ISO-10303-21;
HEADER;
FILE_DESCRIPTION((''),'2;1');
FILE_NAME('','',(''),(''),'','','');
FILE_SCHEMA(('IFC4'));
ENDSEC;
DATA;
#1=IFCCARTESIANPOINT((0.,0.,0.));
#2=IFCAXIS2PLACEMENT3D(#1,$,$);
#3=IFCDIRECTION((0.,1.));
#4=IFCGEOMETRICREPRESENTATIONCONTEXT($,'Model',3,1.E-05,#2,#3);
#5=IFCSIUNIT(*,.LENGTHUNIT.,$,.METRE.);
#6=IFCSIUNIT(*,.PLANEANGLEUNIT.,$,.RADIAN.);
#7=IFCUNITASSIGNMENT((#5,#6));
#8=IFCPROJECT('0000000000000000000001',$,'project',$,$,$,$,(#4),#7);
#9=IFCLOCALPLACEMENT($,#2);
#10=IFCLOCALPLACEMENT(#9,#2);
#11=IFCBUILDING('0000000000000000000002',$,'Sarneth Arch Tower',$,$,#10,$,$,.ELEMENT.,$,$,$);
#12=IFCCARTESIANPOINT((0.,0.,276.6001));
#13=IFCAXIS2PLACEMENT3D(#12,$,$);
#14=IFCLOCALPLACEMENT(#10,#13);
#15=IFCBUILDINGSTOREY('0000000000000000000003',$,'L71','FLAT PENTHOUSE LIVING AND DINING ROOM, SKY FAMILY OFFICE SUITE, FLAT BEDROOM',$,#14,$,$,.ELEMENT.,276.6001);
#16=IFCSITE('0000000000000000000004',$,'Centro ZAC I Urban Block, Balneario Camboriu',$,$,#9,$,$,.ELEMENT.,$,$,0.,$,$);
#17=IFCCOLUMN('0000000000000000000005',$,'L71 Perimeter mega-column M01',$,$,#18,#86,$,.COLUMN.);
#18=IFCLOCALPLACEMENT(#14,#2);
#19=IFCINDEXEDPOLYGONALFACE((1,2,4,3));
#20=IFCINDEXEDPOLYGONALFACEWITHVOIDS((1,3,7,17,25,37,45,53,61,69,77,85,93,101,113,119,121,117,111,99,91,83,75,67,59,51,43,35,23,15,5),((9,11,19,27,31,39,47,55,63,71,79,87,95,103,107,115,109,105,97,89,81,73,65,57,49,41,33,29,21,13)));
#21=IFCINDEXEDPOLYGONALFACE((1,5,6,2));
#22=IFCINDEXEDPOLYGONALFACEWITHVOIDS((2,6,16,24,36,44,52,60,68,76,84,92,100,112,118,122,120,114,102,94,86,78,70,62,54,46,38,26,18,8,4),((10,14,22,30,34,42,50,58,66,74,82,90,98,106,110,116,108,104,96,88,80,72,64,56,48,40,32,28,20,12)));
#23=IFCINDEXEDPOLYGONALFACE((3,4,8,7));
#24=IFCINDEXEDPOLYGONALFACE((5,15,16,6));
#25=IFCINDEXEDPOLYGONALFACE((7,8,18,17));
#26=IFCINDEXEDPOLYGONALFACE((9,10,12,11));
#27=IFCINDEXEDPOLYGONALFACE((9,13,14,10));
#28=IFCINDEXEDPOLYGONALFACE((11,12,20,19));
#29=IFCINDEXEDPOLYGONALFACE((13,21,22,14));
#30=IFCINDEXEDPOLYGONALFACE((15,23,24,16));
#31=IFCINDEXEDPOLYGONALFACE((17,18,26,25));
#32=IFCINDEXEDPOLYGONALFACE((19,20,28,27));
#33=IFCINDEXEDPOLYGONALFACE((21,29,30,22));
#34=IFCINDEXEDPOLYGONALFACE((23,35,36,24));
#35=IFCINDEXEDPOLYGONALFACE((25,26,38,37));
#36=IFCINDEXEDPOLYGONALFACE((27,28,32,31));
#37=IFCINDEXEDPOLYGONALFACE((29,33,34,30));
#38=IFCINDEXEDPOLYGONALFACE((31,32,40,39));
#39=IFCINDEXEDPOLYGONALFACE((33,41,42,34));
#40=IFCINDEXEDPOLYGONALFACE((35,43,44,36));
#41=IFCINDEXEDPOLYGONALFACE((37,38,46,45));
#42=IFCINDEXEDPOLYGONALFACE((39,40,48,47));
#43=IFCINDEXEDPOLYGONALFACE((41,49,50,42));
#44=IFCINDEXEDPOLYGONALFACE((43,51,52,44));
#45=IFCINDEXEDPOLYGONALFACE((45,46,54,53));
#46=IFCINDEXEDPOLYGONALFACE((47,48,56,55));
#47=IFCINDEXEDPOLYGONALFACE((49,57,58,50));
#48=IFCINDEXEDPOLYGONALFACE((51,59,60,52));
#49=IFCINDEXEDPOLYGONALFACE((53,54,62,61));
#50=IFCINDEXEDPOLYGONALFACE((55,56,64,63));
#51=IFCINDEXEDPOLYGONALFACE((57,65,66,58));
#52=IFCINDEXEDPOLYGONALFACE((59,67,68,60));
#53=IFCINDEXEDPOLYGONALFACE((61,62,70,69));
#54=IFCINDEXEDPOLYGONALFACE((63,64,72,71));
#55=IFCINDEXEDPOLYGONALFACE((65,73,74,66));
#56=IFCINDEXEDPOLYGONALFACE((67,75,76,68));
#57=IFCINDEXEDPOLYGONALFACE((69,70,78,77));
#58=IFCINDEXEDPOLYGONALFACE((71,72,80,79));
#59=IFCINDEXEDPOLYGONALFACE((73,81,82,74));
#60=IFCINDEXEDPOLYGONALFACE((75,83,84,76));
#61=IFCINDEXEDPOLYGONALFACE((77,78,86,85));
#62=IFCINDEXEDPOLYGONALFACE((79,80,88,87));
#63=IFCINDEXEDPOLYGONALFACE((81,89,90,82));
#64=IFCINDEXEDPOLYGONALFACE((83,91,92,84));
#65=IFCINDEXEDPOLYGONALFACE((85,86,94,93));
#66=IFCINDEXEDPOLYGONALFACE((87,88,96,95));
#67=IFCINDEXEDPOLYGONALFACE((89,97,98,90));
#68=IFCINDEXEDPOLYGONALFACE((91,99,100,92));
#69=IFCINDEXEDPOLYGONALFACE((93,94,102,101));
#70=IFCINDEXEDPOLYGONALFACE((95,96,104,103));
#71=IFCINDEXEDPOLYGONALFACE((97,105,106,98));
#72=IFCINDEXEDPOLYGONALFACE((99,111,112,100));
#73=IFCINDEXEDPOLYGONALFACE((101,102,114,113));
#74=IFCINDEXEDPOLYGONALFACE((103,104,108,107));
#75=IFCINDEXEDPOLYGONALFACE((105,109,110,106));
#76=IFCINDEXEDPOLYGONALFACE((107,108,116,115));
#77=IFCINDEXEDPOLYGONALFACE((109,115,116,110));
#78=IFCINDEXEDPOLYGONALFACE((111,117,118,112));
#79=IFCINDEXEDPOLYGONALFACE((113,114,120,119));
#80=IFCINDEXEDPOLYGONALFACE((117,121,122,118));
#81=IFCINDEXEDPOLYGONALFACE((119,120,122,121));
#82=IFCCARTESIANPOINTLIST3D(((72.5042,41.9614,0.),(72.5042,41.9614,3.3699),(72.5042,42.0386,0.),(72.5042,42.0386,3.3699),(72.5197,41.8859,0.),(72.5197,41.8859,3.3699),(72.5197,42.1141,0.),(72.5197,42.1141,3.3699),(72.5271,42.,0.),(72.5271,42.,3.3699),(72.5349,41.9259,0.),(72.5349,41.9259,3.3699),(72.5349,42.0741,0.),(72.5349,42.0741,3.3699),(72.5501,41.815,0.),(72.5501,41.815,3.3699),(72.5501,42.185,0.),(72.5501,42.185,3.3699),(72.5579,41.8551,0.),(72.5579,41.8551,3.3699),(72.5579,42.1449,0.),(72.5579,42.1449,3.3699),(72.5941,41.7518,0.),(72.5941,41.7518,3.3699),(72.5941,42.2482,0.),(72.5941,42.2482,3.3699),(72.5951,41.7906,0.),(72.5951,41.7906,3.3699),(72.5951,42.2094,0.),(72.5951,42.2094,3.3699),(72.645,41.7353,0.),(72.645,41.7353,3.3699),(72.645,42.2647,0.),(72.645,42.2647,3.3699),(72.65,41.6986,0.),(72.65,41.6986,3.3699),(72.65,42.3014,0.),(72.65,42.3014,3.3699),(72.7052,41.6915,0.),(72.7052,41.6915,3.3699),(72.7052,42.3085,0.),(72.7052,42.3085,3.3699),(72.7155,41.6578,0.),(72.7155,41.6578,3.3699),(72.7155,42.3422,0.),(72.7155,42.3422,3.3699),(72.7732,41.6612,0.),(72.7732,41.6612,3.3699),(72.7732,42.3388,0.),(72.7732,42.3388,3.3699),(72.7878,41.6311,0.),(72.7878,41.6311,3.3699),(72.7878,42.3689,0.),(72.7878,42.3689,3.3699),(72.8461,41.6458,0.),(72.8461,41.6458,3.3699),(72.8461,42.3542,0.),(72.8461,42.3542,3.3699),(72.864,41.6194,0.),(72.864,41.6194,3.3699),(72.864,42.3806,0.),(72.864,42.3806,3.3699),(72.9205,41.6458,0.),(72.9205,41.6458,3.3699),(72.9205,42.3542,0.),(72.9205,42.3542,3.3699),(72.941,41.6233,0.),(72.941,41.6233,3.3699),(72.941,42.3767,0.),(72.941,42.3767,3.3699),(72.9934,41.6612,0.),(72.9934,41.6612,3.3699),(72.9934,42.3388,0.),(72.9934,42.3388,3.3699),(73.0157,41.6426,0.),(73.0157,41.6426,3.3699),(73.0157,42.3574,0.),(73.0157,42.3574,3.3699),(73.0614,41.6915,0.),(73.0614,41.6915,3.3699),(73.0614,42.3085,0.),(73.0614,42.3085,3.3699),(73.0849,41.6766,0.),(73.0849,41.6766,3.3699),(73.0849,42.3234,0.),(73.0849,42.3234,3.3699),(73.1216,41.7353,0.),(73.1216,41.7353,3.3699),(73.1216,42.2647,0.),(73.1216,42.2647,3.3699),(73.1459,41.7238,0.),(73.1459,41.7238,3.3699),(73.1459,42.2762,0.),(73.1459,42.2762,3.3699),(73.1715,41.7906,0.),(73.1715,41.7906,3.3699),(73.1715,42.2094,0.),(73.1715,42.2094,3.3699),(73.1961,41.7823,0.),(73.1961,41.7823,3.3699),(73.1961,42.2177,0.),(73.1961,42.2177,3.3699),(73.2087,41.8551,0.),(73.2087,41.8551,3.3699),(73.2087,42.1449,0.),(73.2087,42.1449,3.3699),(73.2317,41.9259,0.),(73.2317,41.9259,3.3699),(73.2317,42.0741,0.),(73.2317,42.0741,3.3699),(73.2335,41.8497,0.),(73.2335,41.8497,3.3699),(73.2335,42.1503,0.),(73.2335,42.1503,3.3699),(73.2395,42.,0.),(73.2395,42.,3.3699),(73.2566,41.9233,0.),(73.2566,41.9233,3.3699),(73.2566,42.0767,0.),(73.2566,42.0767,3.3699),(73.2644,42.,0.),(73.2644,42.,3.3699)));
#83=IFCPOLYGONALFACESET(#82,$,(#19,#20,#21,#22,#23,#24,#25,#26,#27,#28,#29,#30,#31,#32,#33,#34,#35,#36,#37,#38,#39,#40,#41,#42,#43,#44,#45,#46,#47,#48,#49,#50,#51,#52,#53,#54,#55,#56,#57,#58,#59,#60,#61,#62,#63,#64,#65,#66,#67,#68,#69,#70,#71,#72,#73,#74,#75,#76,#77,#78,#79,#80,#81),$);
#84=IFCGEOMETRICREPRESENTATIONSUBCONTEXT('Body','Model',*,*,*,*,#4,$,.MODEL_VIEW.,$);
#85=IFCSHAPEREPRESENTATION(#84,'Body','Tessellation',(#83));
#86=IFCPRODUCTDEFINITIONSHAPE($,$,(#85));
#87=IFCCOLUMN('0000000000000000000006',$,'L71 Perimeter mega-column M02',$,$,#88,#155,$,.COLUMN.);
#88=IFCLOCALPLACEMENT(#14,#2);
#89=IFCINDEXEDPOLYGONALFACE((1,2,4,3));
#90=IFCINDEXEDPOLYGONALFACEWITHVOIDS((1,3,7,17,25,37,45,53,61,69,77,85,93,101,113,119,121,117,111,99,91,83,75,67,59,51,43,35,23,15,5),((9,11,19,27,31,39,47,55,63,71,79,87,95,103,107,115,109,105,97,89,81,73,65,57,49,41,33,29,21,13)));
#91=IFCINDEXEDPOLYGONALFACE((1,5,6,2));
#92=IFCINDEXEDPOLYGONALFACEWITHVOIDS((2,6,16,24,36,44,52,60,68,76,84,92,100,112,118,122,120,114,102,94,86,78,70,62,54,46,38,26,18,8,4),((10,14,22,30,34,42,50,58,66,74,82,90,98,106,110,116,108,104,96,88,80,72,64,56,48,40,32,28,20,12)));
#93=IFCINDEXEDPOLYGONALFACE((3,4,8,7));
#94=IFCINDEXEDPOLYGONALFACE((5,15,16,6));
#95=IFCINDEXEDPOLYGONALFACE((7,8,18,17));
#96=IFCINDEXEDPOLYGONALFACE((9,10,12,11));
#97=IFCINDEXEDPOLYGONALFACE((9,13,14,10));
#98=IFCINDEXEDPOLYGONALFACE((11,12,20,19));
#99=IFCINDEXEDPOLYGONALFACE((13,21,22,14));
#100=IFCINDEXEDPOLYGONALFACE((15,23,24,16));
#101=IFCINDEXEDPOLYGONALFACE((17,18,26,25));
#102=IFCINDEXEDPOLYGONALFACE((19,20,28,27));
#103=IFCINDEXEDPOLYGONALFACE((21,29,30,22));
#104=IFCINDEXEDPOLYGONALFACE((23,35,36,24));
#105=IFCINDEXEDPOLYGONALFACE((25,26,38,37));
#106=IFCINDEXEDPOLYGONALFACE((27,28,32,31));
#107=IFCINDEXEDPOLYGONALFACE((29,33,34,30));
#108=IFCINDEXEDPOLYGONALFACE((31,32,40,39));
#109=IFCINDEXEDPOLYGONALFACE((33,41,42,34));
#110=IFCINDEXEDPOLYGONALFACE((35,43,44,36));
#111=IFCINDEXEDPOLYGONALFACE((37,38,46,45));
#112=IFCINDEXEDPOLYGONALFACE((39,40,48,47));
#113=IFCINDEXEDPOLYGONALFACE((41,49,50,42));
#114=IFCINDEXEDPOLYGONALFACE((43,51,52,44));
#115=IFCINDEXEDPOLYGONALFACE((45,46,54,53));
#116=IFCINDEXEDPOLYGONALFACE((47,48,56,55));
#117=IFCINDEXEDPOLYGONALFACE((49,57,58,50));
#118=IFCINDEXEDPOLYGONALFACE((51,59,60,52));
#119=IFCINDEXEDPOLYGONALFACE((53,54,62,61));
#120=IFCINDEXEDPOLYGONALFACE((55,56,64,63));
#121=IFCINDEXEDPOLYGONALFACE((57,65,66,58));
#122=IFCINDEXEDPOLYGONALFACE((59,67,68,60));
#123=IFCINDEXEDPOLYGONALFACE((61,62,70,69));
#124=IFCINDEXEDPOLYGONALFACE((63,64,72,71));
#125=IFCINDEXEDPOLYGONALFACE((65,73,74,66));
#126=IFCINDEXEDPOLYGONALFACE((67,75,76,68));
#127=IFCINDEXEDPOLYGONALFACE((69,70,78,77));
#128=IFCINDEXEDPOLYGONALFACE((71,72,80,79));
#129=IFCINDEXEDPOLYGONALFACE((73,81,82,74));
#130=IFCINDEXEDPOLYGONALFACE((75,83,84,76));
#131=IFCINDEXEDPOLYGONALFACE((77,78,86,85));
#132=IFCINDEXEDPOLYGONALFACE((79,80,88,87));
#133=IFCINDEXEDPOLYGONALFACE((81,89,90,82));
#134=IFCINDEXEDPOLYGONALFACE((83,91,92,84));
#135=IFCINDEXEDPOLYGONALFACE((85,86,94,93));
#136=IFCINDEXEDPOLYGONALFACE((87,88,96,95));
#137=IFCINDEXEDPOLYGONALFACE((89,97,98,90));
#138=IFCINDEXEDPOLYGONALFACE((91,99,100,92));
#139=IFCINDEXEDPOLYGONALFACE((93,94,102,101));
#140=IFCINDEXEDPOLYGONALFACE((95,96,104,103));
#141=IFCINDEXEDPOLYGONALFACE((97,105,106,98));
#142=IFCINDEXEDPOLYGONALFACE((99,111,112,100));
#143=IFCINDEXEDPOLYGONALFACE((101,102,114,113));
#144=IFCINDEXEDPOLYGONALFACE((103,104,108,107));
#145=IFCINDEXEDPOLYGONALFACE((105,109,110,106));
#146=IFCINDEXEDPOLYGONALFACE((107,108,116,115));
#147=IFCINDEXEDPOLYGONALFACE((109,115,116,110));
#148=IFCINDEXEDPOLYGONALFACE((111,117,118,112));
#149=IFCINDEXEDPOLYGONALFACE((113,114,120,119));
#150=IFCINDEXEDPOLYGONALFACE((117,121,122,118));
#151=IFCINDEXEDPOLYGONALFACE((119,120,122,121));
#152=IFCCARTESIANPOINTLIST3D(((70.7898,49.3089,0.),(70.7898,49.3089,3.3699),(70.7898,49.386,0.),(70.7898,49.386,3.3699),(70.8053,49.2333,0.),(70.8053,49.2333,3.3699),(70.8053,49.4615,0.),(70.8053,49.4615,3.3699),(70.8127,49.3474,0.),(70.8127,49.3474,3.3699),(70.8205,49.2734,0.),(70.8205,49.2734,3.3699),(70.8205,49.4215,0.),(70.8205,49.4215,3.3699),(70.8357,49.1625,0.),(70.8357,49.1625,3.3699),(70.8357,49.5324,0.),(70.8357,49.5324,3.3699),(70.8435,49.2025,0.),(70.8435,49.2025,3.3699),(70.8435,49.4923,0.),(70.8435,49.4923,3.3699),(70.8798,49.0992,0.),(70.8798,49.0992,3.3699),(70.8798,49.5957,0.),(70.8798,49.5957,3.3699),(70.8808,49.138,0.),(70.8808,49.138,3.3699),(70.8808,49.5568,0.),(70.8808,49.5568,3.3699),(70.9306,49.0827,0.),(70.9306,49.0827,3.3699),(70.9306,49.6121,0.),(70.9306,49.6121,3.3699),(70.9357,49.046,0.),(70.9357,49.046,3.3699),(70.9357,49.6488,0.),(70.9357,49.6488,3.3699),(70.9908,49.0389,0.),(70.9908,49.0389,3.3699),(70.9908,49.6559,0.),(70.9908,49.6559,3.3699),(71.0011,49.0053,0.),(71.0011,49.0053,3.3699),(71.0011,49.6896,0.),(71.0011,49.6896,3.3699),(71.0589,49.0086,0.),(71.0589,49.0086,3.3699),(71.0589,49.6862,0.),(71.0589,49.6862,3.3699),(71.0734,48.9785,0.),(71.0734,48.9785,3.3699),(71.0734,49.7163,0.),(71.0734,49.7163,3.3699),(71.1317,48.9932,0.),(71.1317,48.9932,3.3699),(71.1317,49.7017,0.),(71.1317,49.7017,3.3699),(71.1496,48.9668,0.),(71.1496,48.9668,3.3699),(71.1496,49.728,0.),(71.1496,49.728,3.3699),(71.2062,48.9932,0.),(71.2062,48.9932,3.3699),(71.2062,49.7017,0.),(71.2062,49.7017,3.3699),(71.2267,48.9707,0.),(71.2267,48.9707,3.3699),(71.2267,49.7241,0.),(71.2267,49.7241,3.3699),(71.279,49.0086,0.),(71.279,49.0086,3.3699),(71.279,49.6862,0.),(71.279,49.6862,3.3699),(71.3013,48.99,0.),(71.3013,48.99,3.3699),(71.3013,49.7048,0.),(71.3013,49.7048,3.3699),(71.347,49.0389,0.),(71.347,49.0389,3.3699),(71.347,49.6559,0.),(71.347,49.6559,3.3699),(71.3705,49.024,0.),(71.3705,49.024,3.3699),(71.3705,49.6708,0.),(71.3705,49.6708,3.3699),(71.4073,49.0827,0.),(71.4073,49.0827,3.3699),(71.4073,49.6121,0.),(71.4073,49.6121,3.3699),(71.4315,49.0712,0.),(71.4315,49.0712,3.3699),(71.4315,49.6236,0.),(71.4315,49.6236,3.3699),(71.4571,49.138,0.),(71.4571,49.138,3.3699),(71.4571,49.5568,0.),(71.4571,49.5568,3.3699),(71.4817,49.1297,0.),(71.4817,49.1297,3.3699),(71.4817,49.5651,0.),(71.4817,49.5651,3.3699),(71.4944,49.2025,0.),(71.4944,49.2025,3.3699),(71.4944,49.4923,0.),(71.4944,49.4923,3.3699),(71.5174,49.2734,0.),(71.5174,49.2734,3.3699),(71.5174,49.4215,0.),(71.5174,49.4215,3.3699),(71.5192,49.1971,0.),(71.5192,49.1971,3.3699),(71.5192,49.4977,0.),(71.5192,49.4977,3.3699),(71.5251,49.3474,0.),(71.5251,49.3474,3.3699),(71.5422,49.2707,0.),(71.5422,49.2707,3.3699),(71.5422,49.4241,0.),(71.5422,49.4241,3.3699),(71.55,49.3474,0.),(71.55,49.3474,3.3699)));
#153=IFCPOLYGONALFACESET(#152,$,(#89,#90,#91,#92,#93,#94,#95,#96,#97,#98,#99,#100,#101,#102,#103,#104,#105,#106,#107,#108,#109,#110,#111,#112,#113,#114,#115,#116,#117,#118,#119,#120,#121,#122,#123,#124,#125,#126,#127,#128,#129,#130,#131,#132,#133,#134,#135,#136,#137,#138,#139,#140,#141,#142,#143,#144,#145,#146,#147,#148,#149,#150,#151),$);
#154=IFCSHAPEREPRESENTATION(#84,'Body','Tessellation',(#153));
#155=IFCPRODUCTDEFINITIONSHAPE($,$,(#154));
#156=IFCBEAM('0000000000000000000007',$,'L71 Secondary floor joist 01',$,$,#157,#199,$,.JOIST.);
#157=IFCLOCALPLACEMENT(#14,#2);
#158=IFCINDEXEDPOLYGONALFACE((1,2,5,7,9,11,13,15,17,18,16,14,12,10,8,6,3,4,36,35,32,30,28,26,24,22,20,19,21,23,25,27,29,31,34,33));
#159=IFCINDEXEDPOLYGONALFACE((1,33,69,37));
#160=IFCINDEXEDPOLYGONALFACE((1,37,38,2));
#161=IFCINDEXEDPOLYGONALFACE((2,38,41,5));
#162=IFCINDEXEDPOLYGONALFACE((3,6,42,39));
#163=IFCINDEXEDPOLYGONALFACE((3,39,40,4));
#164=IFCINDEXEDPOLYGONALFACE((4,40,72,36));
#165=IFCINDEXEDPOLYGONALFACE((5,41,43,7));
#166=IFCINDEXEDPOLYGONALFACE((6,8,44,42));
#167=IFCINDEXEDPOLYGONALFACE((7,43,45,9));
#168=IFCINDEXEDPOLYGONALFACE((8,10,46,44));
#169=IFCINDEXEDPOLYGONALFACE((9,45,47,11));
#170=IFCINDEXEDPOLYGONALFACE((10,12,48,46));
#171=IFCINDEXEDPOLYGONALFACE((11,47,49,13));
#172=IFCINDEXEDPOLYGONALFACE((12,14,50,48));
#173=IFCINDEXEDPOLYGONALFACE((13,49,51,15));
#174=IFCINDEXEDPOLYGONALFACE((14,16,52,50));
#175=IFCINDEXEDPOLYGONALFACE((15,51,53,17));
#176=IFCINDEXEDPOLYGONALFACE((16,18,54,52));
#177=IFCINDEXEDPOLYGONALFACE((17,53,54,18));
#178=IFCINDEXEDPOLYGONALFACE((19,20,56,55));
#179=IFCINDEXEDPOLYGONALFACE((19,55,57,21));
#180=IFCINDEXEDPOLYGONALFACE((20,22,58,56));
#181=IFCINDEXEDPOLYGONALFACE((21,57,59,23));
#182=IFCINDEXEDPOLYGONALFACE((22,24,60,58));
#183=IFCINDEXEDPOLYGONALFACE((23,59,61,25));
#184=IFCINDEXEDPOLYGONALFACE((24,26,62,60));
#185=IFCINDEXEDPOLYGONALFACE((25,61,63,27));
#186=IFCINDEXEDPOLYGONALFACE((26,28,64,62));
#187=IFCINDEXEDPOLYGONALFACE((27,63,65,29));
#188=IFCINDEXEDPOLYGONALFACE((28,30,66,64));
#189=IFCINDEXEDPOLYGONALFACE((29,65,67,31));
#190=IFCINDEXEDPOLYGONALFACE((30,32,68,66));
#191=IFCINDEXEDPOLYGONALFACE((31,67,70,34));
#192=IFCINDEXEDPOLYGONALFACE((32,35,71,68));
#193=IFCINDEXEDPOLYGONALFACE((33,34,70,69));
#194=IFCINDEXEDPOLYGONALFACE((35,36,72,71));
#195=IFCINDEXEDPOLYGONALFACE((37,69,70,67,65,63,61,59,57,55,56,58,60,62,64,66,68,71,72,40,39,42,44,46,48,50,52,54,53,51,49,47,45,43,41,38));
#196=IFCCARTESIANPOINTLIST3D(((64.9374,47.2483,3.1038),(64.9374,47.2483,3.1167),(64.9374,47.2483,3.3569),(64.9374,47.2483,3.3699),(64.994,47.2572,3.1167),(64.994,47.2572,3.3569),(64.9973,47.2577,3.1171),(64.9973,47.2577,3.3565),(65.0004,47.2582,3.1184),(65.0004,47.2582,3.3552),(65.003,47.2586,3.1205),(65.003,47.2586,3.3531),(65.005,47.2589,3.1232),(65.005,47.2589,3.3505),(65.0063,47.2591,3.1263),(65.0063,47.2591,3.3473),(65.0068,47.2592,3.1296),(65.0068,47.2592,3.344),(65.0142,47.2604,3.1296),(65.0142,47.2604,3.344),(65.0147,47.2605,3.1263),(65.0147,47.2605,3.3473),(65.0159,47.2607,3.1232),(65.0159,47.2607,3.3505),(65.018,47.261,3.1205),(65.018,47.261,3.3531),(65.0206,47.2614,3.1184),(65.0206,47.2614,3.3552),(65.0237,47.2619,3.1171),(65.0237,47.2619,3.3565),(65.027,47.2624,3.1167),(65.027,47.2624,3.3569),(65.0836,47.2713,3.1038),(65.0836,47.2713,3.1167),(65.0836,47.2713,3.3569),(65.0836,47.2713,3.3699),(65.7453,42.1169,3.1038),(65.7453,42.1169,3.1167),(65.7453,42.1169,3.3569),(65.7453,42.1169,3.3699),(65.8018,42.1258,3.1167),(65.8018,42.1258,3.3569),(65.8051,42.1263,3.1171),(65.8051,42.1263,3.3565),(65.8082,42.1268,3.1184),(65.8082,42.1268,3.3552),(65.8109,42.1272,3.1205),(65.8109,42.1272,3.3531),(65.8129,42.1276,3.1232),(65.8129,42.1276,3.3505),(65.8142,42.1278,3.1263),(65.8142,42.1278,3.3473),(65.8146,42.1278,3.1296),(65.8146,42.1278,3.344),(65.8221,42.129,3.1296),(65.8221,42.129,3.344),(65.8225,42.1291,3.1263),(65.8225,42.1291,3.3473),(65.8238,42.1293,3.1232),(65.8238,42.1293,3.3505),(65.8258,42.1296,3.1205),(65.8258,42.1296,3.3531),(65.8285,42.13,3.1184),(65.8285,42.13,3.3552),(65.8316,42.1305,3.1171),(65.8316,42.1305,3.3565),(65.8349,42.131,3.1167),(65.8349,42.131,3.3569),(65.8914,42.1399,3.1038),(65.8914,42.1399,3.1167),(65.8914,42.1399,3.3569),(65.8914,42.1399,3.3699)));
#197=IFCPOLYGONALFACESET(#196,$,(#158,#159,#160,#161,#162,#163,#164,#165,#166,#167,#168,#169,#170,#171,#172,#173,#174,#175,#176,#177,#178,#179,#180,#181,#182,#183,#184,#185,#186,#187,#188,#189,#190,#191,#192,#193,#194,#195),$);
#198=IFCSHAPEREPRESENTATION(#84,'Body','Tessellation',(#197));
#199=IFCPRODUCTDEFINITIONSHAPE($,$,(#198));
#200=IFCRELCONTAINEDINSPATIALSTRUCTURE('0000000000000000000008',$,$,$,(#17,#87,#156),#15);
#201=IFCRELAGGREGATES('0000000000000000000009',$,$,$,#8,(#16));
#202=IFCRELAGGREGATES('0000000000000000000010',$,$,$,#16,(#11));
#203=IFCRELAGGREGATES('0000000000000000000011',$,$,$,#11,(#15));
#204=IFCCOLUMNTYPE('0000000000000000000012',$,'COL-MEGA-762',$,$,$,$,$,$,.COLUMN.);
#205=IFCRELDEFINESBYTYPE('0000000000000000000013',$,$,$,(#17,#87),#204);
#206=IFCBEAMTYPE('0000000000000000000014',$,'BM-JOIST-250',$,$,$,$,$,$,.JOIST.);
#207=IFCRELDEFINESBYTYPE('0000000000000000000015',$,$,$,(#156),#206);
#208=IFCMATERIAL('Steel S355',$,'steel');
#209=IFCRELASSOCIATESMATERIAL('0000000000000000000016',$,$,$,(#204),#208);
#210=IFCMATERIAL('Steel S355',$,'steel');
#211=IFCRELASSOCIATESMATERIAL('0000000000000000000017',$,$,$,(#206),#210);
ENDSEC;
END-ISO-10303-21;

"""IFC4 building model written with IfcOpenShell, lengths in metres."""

from ifc_helpers import new_model, si_unit, direction, frame, origin, origin_2d, place, context, subcontext, project, spatial, hollow_circle, i_section, extrude, material, material_profile, profile_set, type_object, element, save


model = new_model("IFC4")

# Units and contexts
model_context = context("Model", 3, precision=1e-05, world=origin(), true_north=direction((0.0, 1.0)))
body_context = subcontext(model_context, "Body", "Model", "MODEL_VIEW")
ifc_project = project(units=[si_unit("LENGTHUNIT", "METRE"), si_unit("PLANEANGLEUNIT", "RADIAN")], contexts=[model_context])

# Site, building, storey
site_placement = place(None, origin())
site = spatial("IfcSite", under=ifc_project, at=site_placement, Name="Centro ZAC I Urban Block, Balneario Camboriu", CompositionType="ELEMENT", RefElevation=0.0)
building_placement = place(site_placement, origin())
building = spatial("IfcBuilding", under=site, at=building_placement, Name="Sarneth Arch Tower", CompositionType="ELEMENT")
storey_placement = place(building_placement, frame((0.0, 0.0, 276.6001)))
storey = spatial("IfcBuildingStorey", under=building, at=storey_placement, Name="L71", Description="FLAT PENTHOUSE LIVING AND DINING ROOM, SKY FAMILY OFFICE SUITE, FLAT BEDROOM", CompositionType="ELEMENT", Elevation=276.6001)

# Columns
ifc_material_1 = material(Name="Steel S355", Category="steel")
ifc_material_profile_1 = material_profile(ifc_material_1, hollow_circle(Radius=0.3811, WallThickness=0.0249, at=origin_2d()), Name="CHS762x25")
ifc_profile_set_1 = profile_set([ifc_material_profile_1], Name="Steel S355")
column_type = type_object("IfcColumnType", Name="COL-MEGA-762", PredefinedType="COLUMN", material=ifc_profile_set_1)
for number, where, z_axis, x_axis, name in (
    (1, (72.8833, 42.0, 0.0), (0.0, 0.0, 1.0), (1.0, 0.0, 0.0), "L71 Perimeter mega-column M01"),
    (2, (71.1689, 49.3474, 0.0), (0.0, 0.0, 1.0), (1.0, 0.0, 0.0), "L71 Perimeter mega-column M02"),
):
    element("IfcColumn", number, at=place(storey_placement, frame(where, z_axis=z_axis, x_axis=x_axis)), inside=storey, type_object=column_type, Name=name, PredefinedType="COLUMN", context=body_context, shape_type="SweptSolid", body=[
        extrude(hollow_circle(Radius=0.3811, WallThickness=0.0249, at=origin_2d()), origin(), (0.0, 0.0, 1.0), 3.3699),
    ])

# Beam
ifc_material_2 = material(Name="Steel S355", Category="steel")
ifc_material_profile_2 = material_profile(ifc_material_2, i_section(OverallWidth=0.1479, OverallDepth=0.2661, WebThickness=0.0076, FlangeThickness=0.0129, FilletRadius=0.0129, at=origin_2d()), Name="W250x44.8")
ifc_profile_set_2 = profile_set([ifc_material_profile_2], Name="Steel S355")
beam_type_1 = type_object("IfcBeamType", Name="BM-JOIST-250", PredefinedType="JOIST", material=ifc_profile_set_2)
beam_1_placement = place(storey_placement, frame((65.8184, 42.1284, 3.2368), z_axis=(-0.155521, 0.987833, 0.0), x_axis=(-0.987833, -0.155521, 0.0)))
element("IfcBeam", 3, at=beam_1_placement, inside=storey, type_object=beam_type_1, Name="L71 Secondary floor joist 01", PredefinedType="JOIST", context=body_context, shape_type="SweptSolid", body=[
    extrude(i_section(OverallWidth=0.1479, OverallDepth=0.2661, WebThickness=0.0076, FlangeThickness=0.0129, FilletRadius=0.0129, at=origin_2d()), origin(), (0.0, 0.0, 1.0), 5.1946),
])

save(model, "model.ifc")
